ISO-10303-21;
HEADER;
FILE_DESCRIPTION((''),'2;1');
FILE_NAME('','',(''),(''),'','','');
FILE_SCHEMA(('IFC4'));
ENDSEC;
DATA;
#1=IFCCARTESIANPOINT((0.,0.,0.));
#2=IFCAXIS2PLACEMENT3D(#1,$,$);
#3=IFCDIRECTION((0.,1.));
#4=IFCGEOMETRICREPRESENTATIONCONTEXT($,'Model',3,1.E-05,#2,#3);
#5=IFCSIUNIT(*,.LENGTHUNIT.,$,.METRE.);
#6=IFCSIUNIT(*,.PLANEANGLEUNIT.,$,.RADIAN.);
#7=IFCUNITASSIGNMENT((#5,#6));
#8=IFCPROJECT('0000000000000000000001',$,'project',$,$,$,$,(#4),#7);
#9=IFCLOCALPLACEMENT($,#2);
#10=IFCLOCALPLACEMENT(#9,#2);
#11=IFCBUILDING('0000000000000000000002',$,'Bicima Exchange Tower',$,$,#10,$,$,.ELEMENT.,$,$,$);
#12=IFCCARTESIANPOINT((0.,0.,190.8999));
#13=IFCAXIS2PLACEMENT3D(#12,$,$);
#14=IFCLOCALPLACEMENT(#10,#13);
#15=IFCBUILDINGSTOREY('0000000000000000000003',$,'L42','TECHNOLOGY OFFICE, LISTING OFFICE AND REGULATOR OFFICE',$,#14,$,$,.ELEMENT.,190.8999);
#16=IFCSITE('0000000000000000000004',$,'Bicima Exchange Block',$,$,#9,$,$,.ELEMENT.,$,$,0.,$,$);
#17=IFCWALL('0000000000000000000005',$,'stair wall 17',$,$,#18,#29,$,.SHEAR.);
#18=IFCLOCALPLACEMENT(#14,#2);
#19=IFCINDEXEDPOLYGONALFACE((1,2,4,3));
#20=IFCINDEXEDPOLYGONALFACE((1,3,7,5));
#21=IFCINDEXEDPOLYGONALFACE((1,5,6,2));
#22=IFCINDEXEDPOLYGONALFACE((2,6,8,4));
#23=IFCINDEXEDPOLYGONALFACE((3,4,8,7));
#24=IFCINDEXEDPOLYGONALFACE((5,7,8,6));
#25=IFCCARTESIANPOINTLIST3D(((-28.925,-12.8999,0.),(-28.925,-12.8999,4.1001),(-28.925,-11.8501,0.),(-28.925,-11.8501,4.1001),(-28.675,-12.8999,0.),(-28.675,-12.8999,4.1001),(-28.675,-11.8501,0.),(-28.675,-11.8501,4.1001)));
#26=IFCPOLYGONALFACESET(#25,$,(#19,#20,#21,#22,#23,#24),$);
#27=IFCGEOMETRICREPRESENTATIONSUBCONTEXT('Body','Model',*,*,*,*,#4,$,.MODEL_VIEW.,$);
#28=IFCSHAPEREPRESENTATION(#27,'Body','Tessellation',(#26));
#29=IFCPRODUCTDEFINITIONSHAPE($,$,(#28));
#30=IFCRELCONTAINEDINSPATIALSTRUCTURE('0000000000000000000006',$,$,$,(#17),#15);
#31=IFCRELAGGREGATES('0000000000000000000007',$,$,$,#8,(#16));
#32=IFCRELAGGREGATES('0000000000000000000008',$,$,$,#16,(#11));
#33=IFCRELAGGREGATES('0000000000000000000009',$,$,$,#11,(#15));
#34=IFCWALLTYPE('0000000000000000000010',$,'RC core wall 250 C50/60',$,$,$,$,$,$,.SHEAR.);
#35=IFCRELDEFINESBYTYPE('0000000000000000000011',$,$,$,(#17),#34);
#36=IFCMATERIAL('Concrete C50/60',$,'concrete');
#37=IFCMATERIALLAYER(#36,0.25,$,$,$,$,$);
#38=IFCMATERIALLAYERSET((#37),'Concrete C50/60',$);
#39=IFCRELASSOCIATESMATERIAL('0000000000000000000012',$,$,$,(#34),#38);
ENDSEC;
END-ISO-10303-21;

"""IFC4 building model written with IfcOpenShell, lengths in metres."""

from ifc_helpers import new_model, si_unit, direction, frame, frame_2d, origin, place, context, subcontext, project, spatial, rectangle, extrude, material, layer, layer_set, type_object, element, save


model = new_model("IFC4")

# Units and contexts
model_context = context("Model", 3, precision=1e-05, world=origin(), true_north=direction((0.0, 1.0)))
body_context = subcontext(model_context, "Body", "Model", "MODEL_VIEW")
ifc_project = project(units=[si_unit("LENGTHUNIT", "METRE"), si_unit("PLANEANGLEUNIT", "RADIAN")], contexts=[model_context])

# Site, building, storey
site_placement = place(None, origin())
site = spatial("IfcSite", under=ifc_project, at=site_placement, Name="Bicima Exchange Block", CompositionType="ELEMENT", RefElevation=0.0)
building_placement = place(site_placement, origin())
building = spatial("IfcBuilding", under=site, at=building_placement, Name="Bicima Exchange Tower", CompositionType="ELEMENT")
storey_placement = place(building_placement, frame((0.0, 0.0, 190.8999)))
storey = spatial("IfcBuildingStorey", under=building, at=storey_placement, Name="L42", Description="TECHNOLOGY OFFICE, LISTING OFFICE AND REGULATOR OFFICE", CompositionType="ELEMENT", Elevation=190.8999)

# Shared definitions
ifc_material_1 = material(Name="Concrete C50/60", Category="concrete")

# Wall
ifc_layer_1 = layer(ifc_material_1, 0.25)
ifc_layer_set_1 = layer_set([ifc_layer_1], Name="Concrete C50/60")
wall_type_1 = type_object("IfcWallType", Name="RC core wall 250 C50/60", PredefinedType="SHEAR", material=ifc_layer_set_1)
wall_1_placement = place(storey_placement, frame((-28.8, -12.8999, 0.0), z_axis=(0.0, 0.0, 1.0), x_axis=(0.0, 1.0, 0.0)))
element("IfcWall", 1, at=wall_1_placement, inside=storey, type_object=wall_type_1, Name="stair wall 17", PredefinedType="SHEAR", context=body_context, shape_type="SweptSolid", body=[
    extrude(rectangle(XDim=1.0498, YDim=0.25, at=frame_2d((0.5249, 0.0))), origin(), (0.0, 0.0, 1.0), 4.1001),
])

save(model, "model.ifc")
